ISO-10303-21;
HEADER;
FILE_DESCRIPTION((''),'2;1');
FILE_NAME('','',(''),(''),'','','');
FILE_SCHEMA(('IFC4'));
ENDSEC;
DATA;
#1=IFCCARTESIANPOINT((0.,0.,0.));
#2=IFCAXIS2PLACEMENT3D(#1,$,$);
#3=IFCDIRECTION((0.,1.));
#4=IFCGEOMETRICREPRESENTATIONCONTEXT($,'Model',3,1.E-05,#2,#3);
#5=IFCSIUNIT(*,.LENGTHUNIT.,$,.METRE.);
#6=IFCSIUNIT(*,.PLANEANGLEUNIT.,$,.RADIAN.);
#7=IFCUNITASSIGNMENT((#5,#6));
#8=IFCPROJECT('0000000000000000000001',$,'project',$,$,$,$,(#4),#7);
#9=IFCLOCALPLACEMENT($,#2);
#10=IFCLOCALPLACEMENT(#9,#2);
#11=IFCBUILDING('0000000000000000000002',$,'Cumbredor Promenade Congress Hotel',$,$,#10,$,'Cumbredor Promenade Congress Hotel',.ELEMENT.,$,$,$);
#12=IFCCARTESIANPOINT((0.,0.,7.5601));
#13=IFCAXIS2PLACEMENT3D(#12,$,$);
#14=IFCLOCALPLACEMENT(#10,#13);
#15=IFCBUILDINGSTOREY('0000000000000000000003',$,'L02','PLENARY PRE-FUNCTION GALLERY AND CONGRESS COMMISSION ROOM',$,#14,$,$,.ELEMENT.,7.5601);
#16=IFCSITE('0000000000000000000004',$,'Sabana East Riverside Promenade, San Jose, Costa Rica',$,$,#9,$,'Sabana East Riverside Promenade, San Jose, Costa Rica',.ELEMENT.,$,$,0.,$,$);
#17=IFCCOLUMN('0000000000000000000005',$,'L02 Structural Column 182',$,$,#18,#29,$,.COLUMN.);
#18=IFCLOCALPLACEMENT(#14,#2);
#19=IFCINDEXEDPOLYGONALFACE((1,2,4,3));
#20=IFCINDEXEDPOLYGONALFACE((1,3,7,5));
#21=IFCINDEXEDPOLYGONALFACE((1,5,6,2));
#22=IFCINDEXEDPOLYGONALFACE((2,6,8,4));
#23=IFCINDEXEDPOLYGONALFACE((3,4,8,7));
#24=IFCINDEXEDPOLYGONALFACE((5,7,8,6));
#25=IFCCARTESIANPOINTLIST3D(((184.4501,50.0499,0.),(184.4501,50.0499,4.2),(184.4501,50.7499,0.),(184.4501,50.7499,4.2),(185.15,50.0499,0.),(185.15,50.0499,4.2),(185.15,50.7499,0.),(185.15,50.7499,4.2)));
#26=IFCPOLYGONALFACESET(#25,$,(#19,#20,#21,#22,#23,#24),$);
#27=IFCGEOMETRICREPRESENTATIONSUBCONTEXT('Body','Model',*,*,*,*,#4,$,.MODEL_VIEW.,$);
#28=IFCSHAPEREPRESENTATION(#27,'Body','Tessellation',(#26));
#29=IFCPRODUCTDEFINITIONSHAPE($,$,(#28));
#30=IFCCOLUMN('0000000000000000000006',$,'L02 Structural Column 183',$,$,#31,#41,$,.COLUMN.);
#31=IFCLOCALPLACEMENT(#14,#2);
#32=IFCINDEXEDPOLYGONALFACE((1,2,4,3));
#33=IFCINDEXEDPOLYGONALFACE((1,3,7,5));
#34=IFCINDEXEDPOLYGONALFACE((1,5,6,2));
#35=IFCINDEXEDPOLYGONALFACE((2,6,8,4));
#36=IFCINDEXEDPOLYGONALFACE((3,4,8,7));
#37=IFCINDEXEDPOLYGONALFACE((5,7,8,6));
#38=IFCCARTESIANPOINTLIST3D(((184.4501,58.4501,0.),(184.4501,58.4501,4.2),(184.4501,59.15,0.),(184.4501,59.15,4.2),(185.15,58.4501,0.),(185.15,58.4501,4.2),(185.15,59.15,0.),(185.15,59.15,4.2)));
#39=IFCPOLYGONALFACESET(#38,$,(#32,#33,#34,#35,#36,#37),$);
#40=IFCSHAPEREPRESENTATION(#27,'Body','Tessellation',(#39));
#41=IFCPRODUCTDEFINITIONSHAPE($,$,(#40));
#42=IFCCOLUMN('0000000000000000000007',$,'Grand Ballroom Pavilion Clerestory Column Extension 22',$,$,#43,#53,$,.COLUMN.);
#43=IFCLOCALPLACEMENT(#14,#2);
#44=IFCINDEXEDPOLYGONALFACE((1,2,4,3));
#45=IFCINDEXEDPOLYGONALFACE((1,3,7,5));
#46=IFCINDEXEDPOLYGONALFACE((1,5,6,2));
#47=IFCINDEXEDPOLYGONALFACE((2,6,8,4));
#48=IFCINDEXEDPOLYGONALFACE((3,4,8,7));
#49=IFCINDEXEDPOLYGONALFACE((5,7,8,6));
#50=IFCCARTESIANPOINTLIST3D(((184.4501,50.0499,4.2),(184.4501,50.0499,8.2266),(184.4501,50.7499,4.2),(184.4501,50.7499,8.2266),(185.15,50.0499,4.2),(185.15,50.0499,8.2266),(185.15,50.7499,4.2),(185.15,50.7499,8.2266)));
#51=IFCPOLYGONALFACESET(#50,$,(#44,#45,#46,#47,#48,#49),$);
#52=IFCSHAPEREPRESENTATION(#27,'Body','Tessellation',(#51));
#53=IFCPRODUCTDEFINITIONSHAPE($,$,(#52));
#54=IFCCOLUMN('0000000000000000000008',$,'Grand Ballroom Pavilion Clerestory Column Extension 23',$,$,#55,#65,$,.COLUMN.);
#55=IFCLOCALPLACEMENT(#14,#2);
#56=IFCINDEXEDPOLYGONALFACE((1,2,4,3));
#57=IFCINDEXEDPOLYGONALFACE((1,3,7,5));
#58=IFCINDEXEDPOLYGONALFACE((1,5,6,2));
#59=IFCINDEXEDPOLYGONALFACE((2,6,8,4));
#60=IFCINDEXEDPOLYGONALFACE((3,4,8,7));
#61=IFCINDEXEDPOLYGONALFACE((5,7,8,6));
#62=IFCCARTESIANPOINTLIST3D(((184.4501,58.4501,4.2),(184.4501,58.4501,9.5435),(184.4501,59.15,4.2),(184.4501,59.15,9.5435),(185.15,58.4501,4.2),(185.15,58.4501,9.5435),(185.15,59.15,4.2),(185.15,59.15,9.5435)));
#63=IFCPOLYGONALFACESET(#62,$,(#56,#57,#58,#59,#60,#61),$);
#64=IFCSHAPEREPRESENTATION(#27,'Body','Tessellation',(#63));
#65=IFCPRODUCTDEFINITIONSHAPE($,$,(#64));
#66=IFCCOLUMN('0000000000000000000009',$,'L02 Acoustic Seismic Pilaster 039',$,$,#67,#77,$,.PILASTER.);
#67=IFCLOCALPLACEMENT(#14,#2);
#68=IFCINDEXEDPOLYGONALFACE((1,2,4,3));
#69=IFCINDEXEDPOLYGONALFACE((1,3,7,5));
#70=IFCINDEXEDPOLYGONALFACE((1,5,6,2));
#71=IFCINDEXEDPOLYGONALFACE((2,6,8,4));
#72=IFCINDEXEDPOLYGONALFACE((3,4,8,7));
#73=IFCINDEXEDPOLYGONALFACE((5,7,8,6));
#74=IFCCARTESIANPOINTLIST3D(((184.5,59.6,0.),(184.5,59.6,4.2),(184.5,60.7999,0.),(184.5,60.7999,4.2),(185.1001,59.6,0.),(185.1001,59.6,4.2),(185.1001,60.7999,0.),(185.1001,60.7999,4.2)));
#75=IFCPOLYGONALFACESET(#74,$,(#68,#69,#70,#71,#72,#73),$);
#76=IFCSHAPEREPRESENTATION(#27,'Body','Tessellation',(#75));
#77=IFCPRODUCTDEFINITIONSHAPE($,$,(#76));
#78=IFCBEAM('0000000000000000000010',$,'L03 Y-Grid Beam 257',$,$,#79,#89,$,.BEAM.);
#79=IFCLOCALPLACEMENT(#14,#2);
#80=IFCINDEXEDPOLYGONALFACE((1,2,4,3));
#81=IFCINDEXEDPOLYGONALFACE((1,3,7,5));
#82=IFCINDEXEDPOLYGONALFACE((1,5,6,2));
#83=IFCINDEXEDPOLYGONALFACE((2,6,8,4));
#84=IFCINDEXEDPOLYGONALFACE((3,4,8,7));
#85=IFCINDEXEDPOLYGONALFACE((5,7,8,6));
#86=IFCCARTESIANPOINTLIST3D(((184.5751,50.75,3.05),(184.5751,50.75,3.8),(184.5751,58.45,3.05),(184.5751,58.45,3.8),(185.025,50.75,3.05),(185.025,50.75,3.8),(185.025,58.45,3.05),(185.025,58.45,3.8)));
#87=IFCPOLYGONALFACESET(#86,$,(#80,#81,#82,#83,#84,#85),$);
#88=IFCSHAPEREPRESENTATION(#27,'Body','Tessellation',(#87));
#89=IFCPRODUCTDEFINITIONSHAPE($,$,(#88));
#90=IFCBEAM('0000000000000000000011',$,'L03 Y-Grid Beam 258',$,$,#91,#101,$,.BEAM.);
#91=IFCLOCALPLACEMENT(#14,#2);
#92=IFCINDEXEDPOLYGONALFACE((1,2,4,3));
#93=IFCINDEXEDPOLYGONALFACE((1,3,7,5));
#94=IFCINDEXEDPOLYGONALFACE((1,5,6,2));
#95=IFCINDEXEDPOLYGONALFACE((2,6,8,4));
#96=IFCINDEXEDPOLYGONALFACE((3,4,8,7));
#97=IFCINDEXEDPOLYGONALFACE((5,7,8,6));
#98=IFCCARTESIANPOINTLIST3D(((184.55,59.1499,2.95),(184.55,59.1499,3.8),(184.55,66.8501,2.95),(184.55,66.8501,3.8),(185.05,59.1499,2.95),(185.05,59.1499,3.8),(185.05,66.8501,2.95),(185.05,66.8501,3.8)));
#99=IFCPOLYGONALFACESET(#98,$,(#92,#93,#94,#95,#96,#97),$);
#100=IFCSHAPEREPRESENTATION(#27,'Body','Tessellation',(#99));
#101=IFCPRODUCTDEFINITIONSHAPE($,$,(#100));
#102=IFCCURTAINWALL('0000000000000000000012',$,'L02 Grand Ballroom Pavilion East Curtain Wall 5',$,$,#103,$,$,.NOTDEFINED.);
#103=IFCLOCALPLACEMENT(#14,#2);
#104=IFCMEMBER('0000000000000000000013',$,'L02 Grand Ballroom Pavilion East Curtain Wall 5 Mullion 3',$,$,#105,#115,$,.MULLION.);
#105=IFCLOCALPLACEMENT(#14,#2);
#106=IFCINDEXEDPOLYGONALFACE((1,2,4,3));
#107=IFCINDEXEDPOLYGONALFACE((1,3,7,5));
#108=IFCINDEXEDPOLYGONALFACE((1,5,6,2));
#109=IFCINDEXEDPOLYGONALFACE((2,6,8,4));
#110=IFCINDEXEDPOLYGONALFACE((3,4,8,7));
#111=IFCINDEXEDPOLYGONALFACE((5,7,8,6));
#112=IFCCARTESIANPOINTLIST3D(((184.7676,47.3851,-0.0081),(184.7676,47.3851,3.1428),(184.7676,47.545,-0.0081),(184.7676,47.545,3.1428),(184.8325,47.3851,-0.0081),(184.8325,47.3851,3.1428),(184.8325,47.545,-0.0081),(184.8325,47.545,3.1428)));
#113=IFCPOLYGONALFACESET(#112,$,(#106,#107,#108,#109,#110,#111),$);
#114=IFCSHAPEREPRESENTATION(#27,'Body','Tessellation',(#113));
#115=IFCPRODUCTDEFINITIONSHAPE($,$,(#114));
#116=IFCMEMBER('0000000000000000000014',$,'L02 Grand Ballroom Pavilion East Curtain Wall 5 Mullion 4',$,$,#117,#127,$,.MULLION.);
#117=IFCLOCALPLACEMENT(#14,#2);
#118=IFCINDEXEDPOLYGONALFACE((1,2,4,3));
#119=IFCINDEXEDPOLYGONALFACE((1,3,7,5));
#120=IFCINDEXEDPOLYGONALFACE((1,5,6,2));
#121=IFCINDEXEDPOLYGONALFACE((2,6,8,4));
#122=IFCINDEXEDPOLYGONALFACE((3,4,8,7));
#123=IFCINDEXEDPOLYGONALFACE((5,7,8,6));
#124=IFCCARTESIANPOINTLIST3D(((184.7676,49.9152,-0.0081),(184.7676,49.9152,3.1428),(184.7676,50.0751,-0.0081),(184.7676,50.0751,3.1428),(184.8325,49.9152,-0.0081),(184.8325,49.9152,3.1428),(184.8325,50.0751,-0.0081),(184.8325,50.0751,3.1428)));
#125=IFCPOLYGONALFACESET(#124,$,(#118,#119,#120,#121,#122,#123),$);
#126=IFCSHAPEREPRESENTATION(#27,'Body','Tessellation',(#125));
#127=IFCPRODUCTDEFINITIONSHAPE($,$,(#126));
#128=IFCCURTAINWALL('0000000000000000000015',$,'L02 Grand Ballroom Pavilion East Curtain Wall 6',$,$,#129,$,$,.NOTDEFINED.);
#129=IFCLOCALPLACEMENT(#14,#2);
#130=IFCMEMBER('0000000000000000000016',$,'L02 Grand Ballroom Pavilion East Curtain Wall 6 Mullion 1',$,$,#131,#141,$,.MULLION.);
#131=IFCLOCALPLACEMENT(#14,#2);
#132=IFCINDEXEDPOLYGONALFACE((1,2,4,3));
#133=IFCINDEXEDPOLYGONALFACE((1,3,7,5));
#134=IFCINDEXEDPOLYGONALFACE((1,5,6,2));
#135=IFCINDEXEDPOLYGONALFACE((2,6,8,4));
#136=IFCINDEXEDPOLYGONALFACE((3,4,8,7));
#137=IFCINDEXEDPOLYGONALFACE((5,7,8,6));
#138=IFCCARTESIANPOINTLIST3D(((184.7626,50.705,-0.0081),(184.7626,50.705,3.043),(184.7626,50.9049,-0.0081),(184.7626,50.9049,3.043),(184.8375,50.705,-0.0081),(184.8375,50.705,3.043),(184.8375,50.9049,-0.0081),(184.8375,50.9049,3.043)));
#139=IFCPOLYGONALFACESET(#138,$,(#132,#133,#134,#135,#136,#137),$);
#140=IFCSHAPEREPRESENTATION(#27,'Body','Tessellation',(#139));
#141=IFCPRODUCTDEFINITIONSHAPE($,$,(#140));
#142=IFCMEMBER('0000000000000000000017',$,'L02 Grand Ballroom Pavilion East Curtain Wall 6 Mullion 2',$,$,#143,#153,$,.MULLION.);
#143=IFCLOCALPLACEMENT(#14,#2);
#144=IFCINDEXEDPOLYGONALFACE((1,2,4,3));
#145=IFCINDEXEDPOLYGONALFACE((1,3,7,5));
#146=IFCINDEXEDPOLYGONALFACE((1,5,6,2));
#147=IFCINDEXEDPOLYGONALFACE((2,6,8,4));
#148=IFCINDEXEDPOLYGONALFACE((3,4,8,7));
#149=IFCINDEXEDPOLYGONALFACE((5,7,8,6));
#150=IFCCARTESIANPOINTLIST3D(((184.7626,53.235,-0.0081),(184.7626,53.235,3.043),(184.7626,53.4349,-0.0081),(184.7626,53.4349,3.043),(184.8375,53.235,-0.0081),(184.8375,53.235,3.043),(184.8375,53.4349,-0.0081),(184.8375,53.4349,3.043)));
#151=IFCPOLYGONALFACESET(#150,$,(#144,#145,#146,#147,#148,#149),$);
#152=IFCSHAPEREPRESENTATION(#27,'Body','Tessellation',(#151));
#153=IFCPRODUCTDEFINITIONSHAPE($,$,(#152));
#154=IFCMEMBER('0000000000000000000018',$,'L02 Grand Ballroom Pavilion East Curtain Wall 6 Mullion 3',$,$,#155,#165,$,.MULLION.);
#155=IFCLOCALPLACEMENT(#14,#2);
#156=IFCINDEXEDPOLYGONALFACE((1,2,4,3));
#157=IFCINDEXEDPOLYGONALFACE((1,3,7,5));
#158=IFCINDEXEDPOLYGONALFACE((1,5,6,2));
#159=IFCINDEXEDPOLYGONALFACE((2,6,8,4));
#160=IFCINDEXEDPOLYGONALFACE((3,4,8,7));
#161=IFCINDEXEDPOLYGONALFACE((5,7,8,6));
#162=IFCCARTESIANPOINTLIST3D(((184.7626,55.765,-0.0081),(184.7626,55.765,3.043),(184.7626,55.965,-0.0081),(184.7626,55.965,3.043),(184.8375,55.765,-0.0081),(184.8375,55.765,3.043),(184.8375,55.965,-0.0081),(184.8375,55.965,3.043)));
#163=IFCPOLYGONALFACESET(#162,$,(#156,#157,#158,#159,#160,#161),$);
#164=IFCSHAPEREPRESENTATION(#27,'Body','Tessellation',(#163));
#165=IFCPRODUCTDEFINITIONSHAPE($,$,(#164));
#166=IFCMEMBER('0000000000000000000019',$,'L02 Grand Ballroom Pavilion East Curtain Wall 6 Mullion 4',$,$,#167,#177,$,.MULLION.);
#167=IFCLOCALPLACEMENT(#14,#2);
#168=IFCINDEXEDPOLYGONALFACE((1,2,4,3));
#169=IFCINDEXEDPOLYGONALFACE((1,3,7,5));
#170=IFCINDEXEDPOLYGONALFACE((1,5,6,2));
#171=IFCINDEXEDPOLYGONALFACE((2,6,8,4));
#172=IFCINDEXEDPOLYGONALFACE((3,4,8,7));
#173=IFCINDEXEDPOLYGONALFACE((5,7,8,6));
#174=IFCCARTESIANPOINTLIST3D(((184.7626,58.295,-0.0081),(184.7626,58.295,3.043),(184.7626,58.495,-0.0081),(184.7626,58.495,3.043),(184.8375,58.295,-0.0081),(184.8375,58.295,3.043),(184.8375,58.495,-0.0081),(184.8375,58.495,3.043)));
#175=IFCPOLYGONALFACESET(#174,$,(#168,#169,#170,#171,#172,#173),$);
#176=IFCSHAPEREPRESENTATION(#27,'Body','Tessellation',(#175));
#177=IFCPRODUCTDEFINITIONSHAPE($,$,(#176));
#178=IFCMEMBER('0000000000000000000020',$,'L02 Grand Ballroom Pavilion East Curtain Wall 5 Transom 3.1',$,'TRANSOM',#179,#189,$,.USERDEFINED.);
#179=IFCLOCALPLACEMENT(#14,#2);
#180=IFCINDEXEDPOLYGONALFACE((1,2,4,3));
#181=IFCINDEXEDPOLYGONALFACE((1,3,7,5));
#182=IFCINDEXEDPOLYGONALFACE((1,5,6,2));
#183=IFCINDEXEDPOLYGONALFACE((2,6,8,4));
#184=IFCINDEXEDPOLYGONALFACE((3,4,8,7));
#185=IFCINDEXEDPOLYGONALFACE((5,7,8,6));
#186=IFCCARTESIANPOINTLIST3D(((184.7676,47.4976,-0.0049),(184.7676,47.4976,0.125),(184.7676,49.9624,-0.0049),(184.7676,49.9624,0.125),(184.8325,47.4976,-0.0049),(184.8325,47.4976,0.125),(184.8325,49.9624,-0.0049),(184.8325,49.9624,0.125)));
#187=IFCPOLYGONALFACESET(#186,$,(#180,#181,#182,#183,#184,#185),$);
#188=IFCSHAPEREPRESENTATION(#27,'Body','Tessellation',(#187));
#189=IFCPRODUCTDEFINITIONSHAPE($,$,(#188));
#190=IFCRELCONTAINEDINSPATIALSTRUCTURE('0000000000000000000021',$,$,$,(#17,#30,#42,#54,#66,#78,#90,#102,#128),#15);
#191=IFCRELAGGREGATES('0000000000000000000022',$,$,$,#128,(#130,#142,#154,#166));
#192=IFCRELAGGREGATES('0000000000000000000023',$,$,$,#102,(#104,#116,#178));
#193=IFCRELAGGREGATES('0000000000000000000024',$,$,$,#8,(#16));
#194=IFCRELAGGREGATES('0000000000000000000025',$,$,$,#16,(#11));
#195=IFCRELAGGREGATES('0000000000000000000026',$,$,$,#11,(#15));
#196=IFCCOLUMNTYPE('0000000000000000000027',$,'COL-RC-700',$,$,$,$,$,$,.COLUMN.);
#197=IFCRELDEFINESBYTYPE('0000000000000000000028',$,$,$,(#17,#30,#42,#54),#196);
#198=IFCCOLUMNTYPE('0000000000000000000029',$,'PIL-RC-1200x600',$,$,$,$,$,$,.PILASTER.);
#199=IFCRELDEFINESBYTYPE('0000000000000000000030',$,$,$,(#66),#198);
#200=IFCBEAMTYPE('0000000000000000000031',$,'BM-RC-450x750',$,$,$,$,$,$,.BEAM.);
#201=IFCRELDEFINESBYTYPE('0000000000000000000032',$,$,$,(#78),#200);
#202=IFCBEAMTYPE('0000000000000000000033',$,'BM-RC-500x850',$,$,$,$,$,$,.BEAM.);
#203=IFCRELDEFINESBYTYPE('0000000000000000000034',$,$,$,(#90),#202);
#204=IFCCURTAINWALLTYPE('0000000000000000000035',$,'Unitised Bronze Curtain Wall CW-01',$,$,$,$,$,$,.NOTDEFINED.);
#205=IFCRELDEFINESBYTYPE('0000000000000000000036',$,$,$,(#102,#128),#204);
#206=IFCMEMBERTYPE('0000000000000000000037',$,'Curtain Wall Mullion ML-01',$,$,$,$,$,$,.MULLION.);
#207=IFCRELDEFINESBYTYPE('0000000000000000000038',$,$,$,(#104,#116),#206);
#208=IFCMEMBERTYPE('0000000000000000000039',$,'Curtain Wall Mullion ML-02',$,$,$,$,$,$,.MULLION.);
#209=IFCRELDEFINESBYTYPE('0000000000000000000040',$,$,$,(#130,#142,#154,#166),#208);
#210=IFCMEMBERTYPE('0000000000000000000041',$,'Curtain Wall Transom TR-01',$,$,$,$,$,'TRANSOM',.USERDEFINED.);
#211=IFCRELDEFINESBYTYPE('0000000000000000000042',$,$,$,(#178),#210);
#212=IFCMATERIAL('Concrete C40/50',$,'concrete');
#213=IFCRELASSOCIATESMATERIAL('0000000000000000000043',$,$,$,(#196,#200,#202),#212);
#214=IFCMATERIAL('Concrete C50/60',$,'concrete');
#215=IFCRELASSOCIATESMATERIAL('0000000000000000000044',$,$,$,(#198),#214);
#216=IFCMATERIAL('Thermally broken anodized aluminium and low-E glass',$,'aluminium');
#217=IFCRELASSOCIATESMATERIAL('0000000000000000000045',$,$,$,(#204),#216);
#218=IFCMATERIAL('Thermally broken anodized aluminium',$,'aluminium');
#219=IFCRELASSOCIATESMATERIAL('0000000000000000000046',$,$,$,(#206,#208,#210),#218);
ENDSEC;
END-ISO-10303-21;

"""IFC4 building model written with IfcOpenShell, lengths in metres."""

from ifc_helpers import new_model, si_unit, direction, frame, origin, origin_2d, place, context, subcontext, project, spatial, rectangle, extrude, material, material_profile, profile_set, type_object, element, aggregate, save


model = new_model("IFC4")

# Units and contexts
model_context = context("Model", 3, precision=1e-05, world=origin(), true_north=direction((0.0, 1.0)))
body_context = subcontext(model_context, "Body", "Model", "MODEL_VIEW")
ifc_project = project(units=[si_unit("LENGTHUNIT", "METRE"), si_unit("PLANEANGLEUNIT", "RADIAN")], contexts=[model_context])

# Site, building, storey
site_placement = place(None, origin())
site = spatial("IfcSite", under=ifc_project, at=site_placement, Name="Sabana East Riverside Promenade, San Jose, Costa Rica", LongName="Sabana East Riverside Promenade, San Jose, Costa Rica", CompositionType="ELEMENT", RefElevation=0.0)
building_placement = place(site_placement, origin())
building = spatial("IfcBuilding", under=site, at=building_placement, Name="Cumbredor Promenade Congress Hotel", LongName="Cumbredor Promenade Congress Hotel", CompositionType="ELEMENT")
storey_placement = place(building_placement, frame((0.0, 0.0, 7.5601)))
storey = spatial("IfcBuildingStorey", under=building, at=storey_placement, Name="L02", Description="PLENARY PRE-FUNCTION GALLERY AND CONGRESS COMMISSION ROOM", CompositionType="ELEMENT", Elevation=7.5601)

# Columns
ifc_material_1 = material(Name="Concrete C40/50", Category="concrete")
ifc_material_profile_1 = material_profile(ifc_material_1, rectangle(XDim=0.7, YDim=0.7, at=origin_2d()), Name="RC 700x700")
ifc_profile_set_1 = profile_set([ifc_material_profile_1], Name="Concrete C40/50")
column_type_1 = type_object("IfcColumnType", Name="COL-RC-700", PredefinedType="COLUMN", material=ifc_profile_set_1)
for number, where, z_axis, x_axis, name in (
    (1, (184.8, 50.3999, 0.0), (0.0, 0.0, 1.0), (1.0, 0.0, 0.0), "L02 Structural Column 182"),
    (2, (184.8, 58.8, 0.0), (0.0, 0.0, 1.0), (1.0, 0.0, 0.0), "L02 Structural Column 183"),
):
    element("IfcColumn", number, at=place(storey_placement, frame(where, z_axis=z_axis, x_axis=x_axis)), inside=storey, type_object=column_type_1, Name=name, PredefinedType="COLUMN", context=body_context, shape_type="SweptSolid", body=[
        extrude(rectangle(XDim=0.7, YDim=0.7, at=origin_2d()), origin(), (0.0, 0.0, 1.0), 4.2),
    ])
column_1_placement = place(storey_placement, frame((184.8, 50.3999, 4.2), z_axis=(0.0, 0.0, 1.0), x_axis=(1.0, 0.0, 0.0)))
element("IfcColumn", 3, at=column_1_placement, inside=storey, type_object=column_type_1, Name="Grand Ballroom Pavilion Clerestory Column Extension 22", PredefinedType="COLUMN", context=body_context, shape_type="SweptSolid", body=[
    extrude(rectangle(XDim=0.7, YDim=0.7, at=origin_2d()), origin(), (0.0, 0.0, 1.0), 4.0266),
])
column_2_placement = place(storey_placement, frame((184.8, 58.8, 4.2), z_axis=(0.0, 0.0, 1.0), x_axis=(1.0, 0.0, 0.0)))
element("IfcColumn", 4, at=column_2_placement, inside=storey, type_object=column_type_1, Name="Grand Ballroom Pavilion Clerestory Column Extension 23", PredefinedType="COLUMN", context=body_context, shape_type="SweptSolid", body=[
    extrude(rectangle(XDim=0.7, YDim=0.7, at=origin_2d()), origin(), (0.0, 0.0, 1.0), 5.3435),
])
ifc_material_2 = material(Name="Concrete C50/60", Category="concrete")
ifc_material_profile_2 = material_profile(ifc_material_2, rectangle(XDim=0.6001, YDim=1.2, at=origin_2d()), Name="RC PILASTER 1200x600")
ifc_profile_set_2 = profile_set([ifc_material_profile_2], Name="Concrete C50/60")
column_type_2 = type_object("IfcColumnType", Name="PIL-RC-1200x600", PredefinedType="PILASTER", material=ifc_profile_set_2)
column_3_placement = place(storey_placement, frame((184.8, 60.2, 0.0), z_axis=(0.0, 0.0, 1.0), x_axis=(1.0, 0.0, 0.0)))
element("IfcColumn", 5, at=column_3_placement, inside=storey, type_object=column_type_2, Name="L02 Acoustic Seismic Pilaster 039", PredefinedType="PILASTER", context=body_context, shape_type="SweptSolid", body=[
    extrude(rectangle(XDim=0.6001, YDim=1.2, at=origin_2d()), origin(), (0.0, 0.0, 1.0), 4.2),
])

# Beams
ifc_material_profile_3 = material_profile(ifc_material_1, rectangle(XDim=0.45, YDim=0.75, at=origin_2d()), Name="RC BEAM 450x750")
ifc_profile_set_3 = profile_set([ifc_material_profile_3], Name="Concrete C40/50")
beam_type_1 = type_object("IfcBeamType", Name="BM-RC-450x750", PredefinedType="BEAM", material=ifc_profile_set_3)
beam_1_placement = place(storey_placement, frame((184.8, 50.75, 3.425), z_axis=(0.0, 1.0, 0.0), x_axis=(-1.0, 0.0, 0.0)))
element("IfcBeam", 6, at=beam_1_placement, inside=storey, type_object=beam_type_1, Name="L03 Y-Grid Beam 257", PredefinedType="BEAM", context=body_context, shape_type="SweptSolid", body=[
    extrude(rectangle(XDim=0.45, YDim=0.75, at=origin_2d()), origin(), (0.0, 0.0, 1.0), 7.7),
])
ifc_material_profile_4 = material_profile(ifc_material_1, rectangle(XDim=0.5, YDim=0.8501, at=origin_2d()), Name="RC BEAM 500x850")
ifc_profile_set_4 = profile_set([ifc_material_profile_4], Name="Concrete C40/50")
beam_type_2 = type_object("IfcBeamType", Name="BM-RC-500x850", PredefinedType="BEAM", material=ifc_profile_set_4)
beam_2_placement = place(storey_placement, frame((184.8, 59.1499, 3.375), z_axis=(0.0, 1.0, 0.0), x_axis=(-1.0, 0.0, 0.0)))
element("IfcBeam", 7, at=beam_2_placement, inside=storey, type_object=beam_type_2, Name="L03 Y-Grid Beam 258", PredefinedType="BEAM", context=body_context, shape_type="SweptSolid", body=[
    extrude(rectangle(XDim=0.5, YDim=0.8501, at=origin_2d()), origin(), (0.0, 0.0, 1.0), 7.7002),
])

# Curtain walls, members
ifc_material_3 = material(Name="Thermally broken anodized aluminium and low-E glass", Category="aluminium")
curtain_wall_type = type_object("IfcCurtainWallType", Name="Unitised Bronze Curtain Wall CW-01", PredefinedType="NOTDEFINED", material=ifc_material_3)
curtain_wall_1_placement = place(storey_placement, origin())
curtain_wall_1 = element("IfcCurtainWall", 8, at=curtain_wall_1_placement, inside=storey, type_object=curtain_wall_type, Name="L02 Grand Ballroom Pavilion East Curtain Wall 5", PredefinedType="NOTDEFINED")
ifc_material_4 = material(Name="Thermally broken anodized aluminium", Category="aluminium")
ifc_material_profile_5 = material_profile(ifc_material_4, rectangle(XDim=0.0649, YDim=0.1599, at=origin_2d()), Name="ALU MULLION 65x160")
ifc_profile_set_5 = profile_set([ifc_material_profile_5], Name="Thermally broken anodized aluminium")
member_type_1 = type_object("IfcMemberType", Name="Curtain Wall Mullion ML-01", PredefinedType="MULLION", material=ifc_profile_set_5)
member_1_placement = place(storey_placement, frame((184.8, 47.4651, -0.0081), z_axis=(0.0, 0.0, 1.0), x_axis=(1.0, 0.0, 0.0)))
member_1 = element("IfcMember", 9, at=member_1_placement, type_object=member_type_1, Name="L02 Grand Ballroom Pavilion East Curtain Wall 5 Mullion 3", PredefinedType="MULLION", context=body_context, shape_type="SweptSolid", body=[
    extrude(rectangle(XDim=0.0649, YDim=0.1599, at=origin_2d()), origin(), (0.0, 0.0, 1.0), 3.1509),
])
member_2_placement = place(storey_placement, frame((184.8, 49.9951, -0.0081), z_axis=(0.0, 0.0, 1.0), x_axis=(1.0, 0.0, 0.0)))
member_2 = element("IfcMember", 10, at=member_2_placement, type_object=member_type_1, Name="L02 Grand Ballroom Pavilion East Curtain Wall 5 Mullion 4", PredefinedType="MULLION", context=body_context, shape_type="SweptSolid", body=[
    extrude(rectangle(XDim=0.0649, YDim=0.1599, at=origin_2d()), origin(), (0.0, 0.0, 1.0), 3.1509),
])
curtain_wall_2_placement = place(storey_placement, origin())
curtain_wall_2 = element("IfcCurtainWall", 11, at=curtain_wall_2_placement, inside=storey, type_object=curtain_wall_type, Name="L02 Grand Ballroom Pavilion East Curtain Wall 6", PredefinedType="NOTDEFINED")
ifc_material_profile_6 = material_profile(ifc_material_4, rectangle(XDim=0.075, YDim=0.2, at=origin_2d()), Name="ALU MULLION 75x200")
ifc_profile_set_6 = profile_set([ifc_material_profile_6], Name="Thermally broken anodized aluminium")
member_type_2 = type_object("IfcMemberType", Name="Curtain Wall Mullion ML-02", PredefinedType="MULLION", material=ifc_profile_set_6)
member_3_placement = place(storey_placement, frame((184.8, 50.8049, -0.0081), z_axis=(0.0, 0.0, 1.0), x_axis=(1.0, 0.0, 0.0)))
member_3 = element("IfcMember", 12, at=member_3_placement, type_object=member_type_2, Name="L02 Grand Ballroom Pavilion East Curtain Wall 6 Mullion 1", PredefinedType="MULLION", context=body_context, shape_type="SweptSolid", body=[
    extrude(rectangle(XDim=0.075, YDim=0.2, at=origin_2d()), origin(), (0.0, 0.0, 1.0), 3.051),
])
member_4_placement = place(storey_placement, frame((184.8, 53.335, -0.0081), z_axis=(0.0, 0.0, 1.0), x_axis=(1.0, 0.0, 0.0)))
member_4 = element("IfcMember", 13, at=member_4_placement, type_object=member_type_2, Name="L02 Grand Ballroom Pavilion East Curtain Wall 6 Mullion 2", PredefinedType="MULLION", context=body_context, shape_type="SweptSolid", body=[
    extrude(rectangle(XDim=0.075, YDim=0.2, at=origin_2d()), origin(), (0.0, 0.0, 1.0), 3.051),
])
member_5_placement = place(storey_placement, frame((184.8, 55.865, -0.0081), z_axis=(0.0, 0.0, 1.0), x_axis=(1.0, 0.0, 0.0)))
member_5 = element("IfcMember", 14, at=member_5_placement, type_object=member_type_2, Name="L02 Grand Ballroom Pavilion East Curtain Wall 6 Mullion 3", PredefinedType="MULLION", context=body_context, shape_type="SweptSolid", body=[
    extrude(rectangle(XDim=0.075, YDim=0.2, at=origin_2d()), origin(), (0.0, 0.0, 1.0), 3.051),
])
member_6_placement = place(storey_placement, frame((184.8, 58.395, -0.0081), z_axis=(0.0, 0.0, 1.0), x_axis=(1.0, 0.0, 0.0)))
member_6 = element("IfcMember", 15, at=member_6_placement, type_object=member_type_2, Name="L02 Grand Ballroom Pavilion East Curtain Wall 6 Mullion 4", PredefinedType="MULLION", context=body_context, shape_type="SweptSolid", body=[
    extrude(rectangle(XDim=0.075, YDim=0.2, at=origin_2d()), origin(), (0.0, 0.0, 1.0), 3.051),
])

# Member
ifc_material_profile_7 = material_profile(ifc_material_4, rectangle(XDim=0.0649, YDim=0.1299, at=origin_2d()), Name="ALU TRANSOM 65x130")
ifc_profile_set_7 = profile_set([ifc_material_profile_7], Name="Thermally broken anodized aluminium")
member_type_3 = type_object("IfcMemberType", Name="Curtain Wall Transom TR-01", ElementType="TRANSOM", PredefinedType="USERDEFINED", material=ifc_profile_set_7)
member_7_placement = place(storey_placement, frame((184.8, 47.4976, 0.0601), z_axis=(0.0, 1.0, 0.0), x_axis=(-1.0, 0.0, 0.0)))
member_7 = element("IfcMember", 16, at=member_7_placement, type_object=member_type_3, Name="L02 Grand Ballroom Pavilion East Curtain Wall 5 Transom 3.1", ObjectType="TRANSOM", PredefinedType="USERDEFINED", context=body_context, shape_type="SweptSolid", body=[
    extrude(rectangle(XDim=0.0649, YDim=0.1299, at=origin_2d()), origin(), (0.0, 0.0, 1.0), 2.4648),
])

aggregate(curtain_wall_2, [member_3, member_4, member_5, member_6])
aggregate(curtain_wall_1, [member_1, member_2, member_7])

save(model, "model.ifc")
